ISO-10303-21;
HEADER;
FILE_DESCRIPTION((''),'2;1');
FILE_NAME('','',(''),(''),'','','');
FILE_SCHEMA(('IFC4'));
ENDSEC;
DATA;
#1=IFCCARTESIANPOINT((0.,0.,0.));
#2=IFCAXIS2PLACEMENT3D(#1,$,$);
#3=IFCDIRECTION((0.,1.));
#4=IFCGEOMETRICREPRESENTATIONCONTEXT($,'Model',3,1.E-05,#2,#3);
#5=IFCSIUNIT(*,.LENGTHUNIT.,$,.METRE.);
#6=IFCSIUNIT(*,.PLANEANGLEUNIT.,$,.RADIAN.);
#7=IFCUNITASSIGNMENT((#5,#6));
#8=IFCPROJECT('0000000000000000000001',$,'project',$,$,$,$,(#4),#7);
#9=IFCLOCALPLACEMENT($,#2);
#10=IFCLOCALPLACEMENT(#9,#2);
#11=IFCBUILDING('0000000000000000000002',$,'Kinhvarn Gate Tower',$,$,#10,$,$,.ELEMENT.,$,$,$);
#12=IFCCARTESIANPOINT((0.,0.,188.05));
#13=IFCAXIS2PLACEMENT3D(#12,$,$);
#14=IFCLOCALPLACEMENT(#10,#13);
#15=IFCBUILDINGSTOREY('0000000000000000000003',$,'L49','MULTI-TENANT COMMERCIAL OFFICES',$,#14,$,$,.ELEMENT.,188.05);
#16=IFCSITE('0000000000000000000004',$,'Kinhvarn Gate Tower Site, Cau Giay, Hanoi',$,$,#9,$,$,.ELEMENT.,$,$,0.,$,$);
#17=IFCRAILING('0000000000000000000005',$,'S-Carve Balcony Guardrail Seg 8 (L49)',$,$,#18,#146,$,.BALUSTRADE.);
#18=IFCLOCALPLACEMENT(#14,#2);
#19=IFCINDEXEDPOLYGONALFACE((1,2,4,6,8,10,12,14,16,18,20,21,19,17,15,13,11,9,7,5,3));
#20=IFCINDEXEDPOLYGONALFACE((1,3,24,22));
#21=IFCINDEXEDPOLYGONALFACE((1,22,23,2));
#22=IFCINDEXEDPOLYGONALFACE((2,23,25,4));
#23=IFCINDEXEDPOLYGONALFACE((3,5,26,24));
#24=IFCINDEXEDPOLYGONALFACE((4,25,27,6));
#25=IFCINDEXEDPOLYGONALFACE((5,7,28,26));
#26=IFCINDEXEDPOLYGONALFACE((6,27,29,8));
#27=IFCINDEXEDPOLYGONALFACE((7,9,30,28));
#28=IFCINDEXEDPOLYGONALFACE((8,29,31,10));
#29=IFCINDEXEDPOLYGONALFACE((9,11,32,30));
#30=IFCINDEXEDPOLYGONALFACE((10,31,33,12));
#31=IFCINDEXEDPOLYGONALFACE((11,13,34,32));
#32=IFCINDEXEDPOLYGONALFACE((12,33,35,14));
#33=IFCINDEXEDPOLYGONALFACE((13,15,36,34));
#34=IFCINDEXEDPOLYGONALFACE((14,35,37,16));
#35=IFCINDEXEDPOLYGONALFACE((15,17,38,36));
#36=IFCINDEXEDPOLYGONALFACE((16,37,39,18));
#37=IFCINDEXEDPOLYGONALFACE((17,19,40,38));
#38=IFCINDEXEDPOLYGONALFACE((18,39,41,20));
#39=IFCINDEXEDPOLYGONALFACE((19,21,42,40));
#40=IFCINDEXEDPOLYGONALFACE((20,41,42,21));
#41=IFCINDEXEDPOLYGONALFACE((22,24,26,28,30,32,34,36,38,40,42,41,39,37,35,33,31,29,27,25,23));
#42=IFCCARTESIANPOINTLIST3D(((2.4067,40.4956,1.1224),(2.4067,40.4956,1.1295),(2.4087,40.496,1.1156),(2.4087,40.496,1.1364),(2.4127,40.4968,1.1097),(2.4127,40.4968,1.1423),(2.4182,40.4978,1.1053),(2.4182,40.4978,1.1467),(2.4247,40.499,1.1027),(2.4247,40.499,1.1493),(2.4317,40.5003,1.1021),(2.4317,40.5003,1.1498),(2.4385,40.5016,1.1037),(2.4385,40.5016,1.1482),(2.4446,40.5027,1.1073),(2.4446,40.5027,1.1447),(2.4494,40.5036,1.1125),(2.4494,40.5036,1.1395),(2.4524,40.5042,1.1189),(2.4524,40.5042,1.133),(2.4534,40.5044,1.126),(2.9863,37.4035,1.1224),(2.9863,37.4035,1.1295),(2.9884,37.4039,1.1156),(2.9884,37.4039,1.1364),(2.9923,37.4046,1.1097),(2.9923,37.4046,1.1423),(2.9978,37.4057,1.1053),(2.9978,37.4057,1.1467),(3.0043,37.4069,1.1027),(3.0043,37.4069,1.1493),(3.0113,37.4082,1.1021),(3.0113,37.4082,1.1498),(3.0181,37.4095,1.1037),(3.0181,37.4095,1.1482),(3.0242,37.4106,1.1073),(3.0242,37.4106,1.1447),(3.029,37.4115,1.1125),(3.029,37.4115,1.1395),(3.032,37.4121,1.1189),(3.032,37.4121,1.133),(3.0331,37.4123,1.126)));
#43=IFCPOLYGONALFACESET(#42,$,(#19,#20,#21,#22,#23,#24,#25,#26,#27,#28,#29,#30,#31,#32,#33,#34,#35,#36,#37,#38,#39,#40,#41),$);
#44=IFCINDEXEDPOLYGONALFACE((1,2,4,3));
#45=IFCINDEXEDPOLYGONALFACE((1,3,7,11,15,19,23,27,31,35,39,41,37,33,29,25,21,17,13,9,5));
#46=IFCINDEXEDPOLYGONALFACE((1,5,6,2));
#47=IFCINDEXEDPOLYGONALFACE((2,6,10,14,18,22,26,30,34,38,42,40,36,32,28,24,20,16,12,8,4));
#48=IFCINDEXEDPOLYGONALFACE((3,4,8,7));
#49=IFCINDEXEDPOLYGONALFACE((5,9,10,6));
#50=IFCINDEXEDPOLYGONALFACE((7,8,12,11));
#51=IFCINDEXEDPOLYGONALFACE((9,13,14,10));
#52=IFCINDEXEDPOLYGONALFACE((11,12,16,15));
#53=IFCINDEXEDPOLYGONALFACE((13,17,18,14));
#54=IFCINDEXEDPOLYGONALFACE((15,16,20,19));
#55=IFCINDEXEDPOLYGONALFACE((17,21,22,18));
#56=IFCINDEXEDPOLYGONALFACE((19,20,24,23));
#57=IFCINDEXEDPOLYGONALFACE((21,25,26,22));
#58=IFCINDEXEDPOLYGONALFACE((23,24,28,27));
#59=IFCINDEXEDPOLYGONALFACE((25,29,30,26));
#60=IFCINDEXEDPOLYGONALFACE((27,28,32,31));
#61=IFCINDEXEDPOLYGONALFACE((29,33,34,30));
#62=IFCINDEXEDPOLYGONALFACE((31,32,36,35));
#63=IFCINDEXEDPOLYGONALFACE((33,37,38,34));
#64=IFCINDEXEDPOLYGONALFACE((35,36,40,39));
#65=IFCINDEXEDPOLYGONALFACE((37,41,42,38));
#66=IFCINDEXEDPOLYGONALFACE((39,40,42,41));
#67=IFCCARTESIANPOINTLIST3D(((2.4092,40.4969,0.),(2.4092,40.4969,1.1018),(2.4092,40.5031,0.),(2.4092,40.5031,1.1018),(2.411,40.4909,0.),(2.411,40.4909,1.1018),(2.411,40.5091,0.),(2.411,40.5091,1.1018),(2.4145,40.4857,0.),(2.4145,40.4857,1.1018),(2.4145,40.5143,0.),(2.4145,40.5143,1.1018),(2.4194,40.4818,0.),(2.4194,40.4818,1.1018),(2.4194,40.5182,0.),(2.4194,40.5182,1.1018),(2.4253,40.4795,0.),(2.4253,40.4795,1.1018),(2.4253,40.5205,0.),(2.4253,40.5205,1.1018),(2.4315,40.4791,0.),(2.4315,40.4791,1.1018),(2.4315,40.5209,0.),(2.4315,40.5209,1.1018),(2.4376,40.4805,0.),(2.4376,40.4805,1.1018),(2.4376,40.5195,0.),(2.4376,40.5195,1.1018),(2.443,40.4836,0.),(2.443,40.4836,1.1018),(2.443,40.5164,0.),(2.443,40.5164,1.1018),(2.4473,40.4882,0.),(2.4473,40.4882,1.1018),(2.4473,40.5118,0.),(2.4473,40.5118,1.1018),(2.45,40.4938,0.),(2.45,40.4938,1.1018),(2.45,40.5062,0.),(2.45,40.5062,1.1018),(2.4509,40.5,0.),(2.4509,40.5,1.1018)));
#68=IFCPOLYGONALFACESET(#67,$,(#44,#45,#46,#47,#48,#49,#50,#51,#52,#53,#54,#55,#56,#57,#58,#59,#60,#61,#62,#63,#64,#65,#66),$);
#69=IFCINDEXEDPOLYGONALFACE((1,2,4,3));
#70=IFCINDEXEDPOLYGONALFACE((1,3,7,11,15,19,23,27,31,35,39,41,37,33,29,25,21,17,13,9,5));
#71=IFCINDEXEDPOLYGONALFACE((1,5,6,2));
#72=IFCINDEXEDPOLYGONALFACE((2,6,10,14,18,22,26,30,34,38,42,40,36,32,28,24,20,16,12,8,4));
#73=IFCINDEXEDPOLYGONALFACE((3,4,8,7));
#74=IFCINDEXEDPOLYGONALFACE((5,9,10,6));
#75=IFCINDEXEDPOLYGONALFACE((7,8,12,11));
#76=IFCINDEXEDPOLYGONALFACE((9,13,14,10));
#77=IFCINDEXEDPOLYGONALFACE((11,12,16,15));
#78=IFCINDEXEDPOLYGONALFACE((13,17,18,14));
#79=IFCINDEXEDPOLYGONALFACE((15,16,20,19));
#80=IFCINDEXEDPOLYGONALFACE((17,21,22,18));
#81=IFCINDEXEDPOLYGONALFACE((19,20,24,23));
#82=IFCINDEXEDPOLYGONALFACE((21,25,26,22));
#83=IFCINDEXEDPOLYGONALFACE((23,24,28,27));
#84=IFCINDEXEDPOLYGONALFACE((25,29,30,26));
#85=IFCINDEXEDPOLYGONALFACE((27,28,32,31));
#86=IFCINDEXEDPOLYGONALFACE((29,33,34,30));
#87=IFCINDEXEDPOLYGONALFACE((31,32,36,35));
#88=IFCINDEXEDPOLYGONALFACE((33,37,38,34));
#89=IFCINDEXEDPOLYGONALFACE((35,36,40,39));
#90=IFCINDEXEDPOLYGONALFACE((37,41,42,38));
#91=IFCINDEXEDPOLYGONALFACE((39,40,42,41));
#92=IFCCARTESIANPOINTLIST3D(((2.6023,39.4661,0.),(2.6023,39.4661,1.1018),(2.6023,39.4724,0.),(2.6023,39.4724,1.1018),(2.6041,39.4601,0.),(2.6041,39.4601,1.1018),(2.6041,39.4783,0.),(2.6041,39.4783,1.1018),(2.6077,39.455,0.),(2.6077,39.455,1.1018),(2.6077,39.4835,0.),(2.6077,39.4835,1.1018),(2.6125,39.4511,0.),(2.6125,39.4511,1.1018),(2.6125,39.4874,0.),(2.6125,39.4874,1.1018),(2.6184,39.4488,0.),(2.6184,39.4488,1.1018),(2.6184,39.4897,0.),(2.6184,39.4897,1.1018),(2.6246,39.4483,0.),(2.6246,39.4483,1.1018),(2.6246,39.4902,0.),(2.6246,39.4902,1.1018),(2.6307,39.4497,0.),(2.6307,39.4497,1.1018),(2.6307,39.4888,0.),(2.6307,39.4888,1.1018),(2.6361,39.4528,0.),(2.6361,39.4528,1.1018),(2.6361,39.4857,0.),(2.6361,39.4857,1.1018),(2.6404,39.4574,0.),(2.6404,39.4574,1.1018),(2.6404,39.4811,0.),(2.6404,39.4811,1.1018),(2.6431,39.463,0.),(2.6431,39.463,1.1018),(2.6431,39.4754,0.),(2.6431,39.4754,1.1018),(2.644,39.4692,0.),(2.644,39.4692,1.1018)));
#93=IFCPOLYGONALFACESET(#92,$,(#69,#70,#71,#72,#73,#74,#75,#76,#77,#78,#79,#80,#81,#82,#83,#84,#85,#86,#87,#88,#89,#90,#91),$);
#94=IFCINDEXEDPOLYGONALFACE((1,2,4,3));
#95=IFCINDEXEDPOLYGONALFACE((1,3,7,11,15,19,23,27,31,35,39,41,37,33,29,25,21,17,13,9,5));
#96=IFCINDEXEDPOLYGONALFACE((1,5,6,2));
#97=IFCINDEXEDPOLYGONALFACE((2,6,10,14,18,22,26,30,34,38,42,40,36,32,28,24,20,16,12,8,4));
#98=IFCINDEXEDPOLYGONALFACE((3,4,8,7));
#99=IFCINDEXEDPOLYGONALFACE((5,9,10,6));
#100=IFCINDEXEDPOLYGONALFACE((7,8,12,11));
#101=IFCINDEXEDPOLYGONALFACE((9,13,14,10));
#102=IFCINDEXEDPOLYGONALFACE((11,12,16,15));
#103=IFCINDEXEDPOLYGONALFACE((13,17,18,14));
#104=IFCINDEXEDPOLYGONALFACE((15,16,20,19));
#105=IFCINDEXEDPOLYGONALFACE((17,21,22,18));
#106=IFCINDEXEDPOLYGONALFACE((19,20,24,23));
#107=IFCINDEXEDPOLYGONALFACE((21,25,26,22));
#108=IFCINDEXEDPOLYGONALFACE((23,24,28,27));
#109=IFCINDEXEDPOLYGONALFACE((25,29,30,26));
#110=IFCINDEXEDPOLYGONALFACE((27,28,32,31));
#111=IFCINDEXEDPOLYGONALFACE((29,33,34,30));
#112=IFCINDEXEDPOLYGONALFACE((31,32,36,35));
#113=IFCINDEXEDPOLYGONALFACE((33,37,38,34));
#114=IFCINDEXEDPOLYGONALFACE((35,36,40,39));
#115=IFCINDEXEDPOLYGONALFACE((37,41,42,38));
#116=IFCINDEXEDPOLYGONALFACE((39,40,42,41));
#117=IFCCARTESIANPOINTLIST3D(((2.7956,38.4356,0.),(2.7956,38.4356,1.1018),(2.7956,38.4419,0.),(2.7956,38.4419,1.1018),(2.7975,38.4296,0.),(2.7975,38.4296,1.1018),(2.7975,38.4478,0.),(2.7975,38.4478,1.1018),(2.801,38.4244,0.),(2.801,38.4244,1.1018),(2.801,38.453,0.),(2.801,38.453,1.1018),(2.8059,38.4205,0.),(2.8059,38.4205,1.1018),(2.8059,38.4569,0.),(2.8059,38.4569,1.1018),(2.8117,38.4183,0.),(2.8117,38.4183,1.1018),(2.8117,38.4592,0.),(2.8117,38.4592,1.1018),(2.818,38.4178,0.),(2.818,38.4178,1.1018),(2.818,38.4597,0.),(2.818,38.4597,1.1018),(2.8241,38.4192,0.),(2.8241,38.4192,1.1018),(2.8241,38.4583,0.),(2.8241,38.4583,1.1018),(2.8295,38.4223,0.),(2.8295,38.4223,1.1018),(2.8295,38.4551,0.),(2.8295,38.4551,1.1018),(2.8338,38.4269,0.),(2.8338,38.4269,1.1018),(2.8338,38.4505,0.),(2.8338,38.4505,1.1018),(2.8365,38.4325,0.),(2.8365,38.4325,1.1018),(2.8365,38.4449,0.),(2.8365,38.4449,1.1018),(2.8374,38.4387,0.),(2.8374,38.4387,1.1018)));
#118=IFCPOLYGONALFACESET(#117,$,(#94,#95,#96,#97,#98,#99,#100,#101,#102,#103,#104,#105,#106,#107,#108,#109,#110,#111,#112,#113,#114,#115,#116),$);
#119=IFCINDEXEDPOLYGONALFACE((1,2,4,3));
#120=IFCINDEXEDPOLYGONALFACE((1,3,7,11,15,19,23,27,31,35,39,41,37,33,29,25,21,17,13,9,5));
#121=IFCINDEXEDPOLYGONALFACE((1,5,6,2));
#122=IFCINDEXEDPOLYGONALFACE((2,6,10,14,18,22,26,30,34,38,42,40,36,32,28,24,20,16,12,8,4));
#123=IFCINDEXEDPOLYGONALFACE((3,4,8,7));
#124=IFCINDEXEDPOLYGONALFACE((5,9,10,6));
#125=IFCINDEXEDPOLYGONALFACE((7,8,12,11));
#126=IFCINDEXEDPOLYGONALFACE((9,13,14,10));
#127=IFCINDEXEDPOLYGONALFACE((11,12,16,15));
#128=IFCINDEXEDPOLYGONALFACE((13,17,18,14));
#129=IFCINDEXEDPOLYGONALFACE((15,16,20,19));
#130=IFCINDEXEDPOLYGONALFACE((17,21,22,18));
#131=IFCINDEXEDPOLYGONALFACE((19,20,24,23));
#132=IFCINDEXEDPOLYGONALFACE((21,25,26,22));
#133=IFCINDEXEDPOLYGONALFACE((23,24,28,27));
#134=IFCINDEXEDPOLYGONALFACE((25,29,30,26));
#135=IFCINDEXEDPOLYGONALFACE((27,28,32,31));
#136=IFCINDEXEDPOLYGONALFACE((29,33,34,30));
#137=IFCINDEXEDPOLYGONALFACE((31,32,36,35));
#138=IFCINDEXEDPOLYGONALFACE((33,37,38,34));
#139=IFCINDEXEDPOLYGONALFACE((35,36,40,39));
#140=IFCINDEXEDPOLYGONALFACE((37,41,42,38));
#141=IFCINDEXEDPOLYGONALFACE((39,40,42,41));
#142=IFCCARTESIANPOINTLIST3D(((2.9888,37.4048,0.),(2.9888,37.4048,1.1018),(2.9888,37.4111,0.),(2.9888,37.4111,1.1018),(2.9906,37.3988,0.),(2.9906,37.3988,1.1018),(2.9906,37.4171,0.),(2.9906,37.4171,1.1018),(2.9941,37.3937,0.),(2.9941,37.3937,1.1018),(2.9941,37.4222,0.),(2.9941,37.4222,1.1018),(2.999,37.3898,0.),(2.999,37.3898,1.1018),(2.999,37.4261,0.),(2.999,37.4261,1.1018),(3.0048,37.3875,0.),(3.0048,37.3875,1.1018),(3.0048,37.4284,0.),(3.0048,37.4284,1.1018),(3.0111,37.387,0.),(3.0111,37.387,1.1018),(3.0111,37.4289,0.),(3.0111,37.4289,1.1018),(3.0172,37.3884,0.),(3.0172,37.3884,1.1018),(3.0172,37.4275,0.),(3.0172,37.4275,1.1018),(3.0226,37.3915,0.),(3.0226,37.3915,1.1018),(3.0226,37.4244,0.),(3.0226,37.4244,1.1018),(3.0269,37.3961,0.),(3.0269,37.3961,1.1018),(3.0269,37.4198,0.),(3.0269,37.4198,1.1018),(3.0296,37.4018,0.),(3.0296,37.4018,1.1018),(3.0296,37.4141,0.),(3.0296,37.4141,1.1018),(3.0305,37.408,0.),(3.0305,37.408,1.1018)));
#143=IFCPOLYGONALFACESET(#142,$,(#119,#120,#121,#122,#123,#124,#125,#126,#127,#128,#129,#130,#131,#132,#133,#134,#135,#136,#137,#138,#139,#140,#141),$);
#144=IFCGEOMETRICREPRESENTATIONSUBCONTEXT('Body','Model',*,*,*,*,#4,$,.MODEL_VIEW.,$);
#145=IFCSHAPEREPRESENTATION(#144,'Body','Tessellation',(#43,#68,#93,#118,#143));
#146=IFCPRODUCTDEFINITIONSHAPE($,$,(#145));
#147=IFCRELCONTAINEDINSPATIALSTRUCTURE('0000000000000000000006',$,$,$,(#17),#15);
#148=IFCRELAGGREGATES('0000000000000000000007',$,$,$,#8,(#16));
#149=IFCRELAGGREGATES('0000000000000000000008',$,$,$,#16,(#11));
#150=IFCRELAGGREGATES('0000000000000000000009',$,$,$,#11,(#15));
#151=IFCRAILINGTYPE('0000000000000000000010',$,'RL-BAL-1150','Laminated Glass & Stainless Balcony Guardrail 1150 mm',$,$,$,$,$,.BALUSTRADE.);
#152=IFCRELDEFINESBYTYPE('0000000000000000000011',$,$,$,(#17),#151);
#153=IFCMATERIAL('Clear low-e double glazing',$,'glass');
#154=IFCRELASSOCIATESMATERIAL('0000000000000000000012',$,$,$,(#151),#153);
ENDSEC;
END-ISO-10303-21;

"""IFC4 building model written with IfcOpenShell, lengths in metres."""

from ifc_helpers import new_model, si_unit, direction, frame, origin, origin_2d, place, context, subcontext, project, spatial, circle, extrude, material, type_object, element, save


model = new_model("IFC4")

# Units and contexts
model_context = context("Model", 3, precision=1e-05, world=origin(), true_north=direction((0.0, 1.0)))
body_context = subcontext(model_context, "Body", "Model", "MODEL_VIEW")
ifc_project = project(units=[si_unit("LENGTHUNIT", "METRE"), si_unit("PLANEANGLEUNIT", "RADIAN")], contexts=[model_context])

# Site, building, storey
site_placement = place(None, origin())
site = spatial("IfcSite", under=ifc_project, at=site_placement, Name="Kinhvarn Gate Tower Site, Cau Giay, Hanoi", CompositionType="ELEMENT", RefElevation=0.0)
building_placement = place(site_placement, origin())
building = spatial("IfcBuilding", under=site, at=building_placement, Name="Kinhvarn Gate Tower", CompositionType="ELEMENT")
storey_placement = place(building_placement, frame((0.0, 0.0, 188.05)))
storey = spatial("IfcBuildingStorey", under=building, at=storey_placement, Name="L49", Description="MULTI-TENANT COMMERCIAL OFFICES", CompositionType="ELEMENT", Elevation=188.05)

# Shared definitions
ifc_material_1 = material(Name="Clear low-e double glazing", Category="glass")

# Railing
railing_type = type_object("IfcRailingType", Name="RL-BAL-1150", Description="Laminated Glass & Stainless Balcony Guardrail 1150 mm", PredefinedType="BALUSTRADE", material=ifc_material_1)
railing_1_placement = place(storey_placement, frame((2.4299, 40.5, 0.0)))
element("IfcRailing", 1, at=railing_1_placement, inside=storey, type_object=railing_type, Name="S-Carve Balcony Guardrail Seg 8 (L49)", PredefinedType="BALUSTRADE", context=body_context, shape_type="SweptSolid", body=[
    extrude(circle(Radius=0.0239, at=origin_2d()), frame((0.0, 0.0, 1.126), z_axis=(0.184237, -0.982882, 0.0), x_axis=(0.982882, 0.184237, 0.0)), (0.0, 0.0, 1.0), 3.146),
    extrude(circle(Radius=0.021, at=origin_2d()), origin(), (0.0, 0.0, 1.0), 1.1018),
    extrude(circle(Radius=0.021, at=origin_2d()), frame((0.1931, -1.0308, 0.0)), (0.0, 0.0, 1.0), 1.1018),
    extrude(circle(Radius=0.021, at=origin_2d()), frame((0.3865, -2.0613, 0.0)), (0.0, 0.0, 1.0), 1.1018),
    extrude(circle(Radius=0.021, at=origin_2d()), frame((0.5796, -3.092, 0.0)), (0.0, 0.0, 1.0), 1.1018),
])

save(model, "model.ifc")
